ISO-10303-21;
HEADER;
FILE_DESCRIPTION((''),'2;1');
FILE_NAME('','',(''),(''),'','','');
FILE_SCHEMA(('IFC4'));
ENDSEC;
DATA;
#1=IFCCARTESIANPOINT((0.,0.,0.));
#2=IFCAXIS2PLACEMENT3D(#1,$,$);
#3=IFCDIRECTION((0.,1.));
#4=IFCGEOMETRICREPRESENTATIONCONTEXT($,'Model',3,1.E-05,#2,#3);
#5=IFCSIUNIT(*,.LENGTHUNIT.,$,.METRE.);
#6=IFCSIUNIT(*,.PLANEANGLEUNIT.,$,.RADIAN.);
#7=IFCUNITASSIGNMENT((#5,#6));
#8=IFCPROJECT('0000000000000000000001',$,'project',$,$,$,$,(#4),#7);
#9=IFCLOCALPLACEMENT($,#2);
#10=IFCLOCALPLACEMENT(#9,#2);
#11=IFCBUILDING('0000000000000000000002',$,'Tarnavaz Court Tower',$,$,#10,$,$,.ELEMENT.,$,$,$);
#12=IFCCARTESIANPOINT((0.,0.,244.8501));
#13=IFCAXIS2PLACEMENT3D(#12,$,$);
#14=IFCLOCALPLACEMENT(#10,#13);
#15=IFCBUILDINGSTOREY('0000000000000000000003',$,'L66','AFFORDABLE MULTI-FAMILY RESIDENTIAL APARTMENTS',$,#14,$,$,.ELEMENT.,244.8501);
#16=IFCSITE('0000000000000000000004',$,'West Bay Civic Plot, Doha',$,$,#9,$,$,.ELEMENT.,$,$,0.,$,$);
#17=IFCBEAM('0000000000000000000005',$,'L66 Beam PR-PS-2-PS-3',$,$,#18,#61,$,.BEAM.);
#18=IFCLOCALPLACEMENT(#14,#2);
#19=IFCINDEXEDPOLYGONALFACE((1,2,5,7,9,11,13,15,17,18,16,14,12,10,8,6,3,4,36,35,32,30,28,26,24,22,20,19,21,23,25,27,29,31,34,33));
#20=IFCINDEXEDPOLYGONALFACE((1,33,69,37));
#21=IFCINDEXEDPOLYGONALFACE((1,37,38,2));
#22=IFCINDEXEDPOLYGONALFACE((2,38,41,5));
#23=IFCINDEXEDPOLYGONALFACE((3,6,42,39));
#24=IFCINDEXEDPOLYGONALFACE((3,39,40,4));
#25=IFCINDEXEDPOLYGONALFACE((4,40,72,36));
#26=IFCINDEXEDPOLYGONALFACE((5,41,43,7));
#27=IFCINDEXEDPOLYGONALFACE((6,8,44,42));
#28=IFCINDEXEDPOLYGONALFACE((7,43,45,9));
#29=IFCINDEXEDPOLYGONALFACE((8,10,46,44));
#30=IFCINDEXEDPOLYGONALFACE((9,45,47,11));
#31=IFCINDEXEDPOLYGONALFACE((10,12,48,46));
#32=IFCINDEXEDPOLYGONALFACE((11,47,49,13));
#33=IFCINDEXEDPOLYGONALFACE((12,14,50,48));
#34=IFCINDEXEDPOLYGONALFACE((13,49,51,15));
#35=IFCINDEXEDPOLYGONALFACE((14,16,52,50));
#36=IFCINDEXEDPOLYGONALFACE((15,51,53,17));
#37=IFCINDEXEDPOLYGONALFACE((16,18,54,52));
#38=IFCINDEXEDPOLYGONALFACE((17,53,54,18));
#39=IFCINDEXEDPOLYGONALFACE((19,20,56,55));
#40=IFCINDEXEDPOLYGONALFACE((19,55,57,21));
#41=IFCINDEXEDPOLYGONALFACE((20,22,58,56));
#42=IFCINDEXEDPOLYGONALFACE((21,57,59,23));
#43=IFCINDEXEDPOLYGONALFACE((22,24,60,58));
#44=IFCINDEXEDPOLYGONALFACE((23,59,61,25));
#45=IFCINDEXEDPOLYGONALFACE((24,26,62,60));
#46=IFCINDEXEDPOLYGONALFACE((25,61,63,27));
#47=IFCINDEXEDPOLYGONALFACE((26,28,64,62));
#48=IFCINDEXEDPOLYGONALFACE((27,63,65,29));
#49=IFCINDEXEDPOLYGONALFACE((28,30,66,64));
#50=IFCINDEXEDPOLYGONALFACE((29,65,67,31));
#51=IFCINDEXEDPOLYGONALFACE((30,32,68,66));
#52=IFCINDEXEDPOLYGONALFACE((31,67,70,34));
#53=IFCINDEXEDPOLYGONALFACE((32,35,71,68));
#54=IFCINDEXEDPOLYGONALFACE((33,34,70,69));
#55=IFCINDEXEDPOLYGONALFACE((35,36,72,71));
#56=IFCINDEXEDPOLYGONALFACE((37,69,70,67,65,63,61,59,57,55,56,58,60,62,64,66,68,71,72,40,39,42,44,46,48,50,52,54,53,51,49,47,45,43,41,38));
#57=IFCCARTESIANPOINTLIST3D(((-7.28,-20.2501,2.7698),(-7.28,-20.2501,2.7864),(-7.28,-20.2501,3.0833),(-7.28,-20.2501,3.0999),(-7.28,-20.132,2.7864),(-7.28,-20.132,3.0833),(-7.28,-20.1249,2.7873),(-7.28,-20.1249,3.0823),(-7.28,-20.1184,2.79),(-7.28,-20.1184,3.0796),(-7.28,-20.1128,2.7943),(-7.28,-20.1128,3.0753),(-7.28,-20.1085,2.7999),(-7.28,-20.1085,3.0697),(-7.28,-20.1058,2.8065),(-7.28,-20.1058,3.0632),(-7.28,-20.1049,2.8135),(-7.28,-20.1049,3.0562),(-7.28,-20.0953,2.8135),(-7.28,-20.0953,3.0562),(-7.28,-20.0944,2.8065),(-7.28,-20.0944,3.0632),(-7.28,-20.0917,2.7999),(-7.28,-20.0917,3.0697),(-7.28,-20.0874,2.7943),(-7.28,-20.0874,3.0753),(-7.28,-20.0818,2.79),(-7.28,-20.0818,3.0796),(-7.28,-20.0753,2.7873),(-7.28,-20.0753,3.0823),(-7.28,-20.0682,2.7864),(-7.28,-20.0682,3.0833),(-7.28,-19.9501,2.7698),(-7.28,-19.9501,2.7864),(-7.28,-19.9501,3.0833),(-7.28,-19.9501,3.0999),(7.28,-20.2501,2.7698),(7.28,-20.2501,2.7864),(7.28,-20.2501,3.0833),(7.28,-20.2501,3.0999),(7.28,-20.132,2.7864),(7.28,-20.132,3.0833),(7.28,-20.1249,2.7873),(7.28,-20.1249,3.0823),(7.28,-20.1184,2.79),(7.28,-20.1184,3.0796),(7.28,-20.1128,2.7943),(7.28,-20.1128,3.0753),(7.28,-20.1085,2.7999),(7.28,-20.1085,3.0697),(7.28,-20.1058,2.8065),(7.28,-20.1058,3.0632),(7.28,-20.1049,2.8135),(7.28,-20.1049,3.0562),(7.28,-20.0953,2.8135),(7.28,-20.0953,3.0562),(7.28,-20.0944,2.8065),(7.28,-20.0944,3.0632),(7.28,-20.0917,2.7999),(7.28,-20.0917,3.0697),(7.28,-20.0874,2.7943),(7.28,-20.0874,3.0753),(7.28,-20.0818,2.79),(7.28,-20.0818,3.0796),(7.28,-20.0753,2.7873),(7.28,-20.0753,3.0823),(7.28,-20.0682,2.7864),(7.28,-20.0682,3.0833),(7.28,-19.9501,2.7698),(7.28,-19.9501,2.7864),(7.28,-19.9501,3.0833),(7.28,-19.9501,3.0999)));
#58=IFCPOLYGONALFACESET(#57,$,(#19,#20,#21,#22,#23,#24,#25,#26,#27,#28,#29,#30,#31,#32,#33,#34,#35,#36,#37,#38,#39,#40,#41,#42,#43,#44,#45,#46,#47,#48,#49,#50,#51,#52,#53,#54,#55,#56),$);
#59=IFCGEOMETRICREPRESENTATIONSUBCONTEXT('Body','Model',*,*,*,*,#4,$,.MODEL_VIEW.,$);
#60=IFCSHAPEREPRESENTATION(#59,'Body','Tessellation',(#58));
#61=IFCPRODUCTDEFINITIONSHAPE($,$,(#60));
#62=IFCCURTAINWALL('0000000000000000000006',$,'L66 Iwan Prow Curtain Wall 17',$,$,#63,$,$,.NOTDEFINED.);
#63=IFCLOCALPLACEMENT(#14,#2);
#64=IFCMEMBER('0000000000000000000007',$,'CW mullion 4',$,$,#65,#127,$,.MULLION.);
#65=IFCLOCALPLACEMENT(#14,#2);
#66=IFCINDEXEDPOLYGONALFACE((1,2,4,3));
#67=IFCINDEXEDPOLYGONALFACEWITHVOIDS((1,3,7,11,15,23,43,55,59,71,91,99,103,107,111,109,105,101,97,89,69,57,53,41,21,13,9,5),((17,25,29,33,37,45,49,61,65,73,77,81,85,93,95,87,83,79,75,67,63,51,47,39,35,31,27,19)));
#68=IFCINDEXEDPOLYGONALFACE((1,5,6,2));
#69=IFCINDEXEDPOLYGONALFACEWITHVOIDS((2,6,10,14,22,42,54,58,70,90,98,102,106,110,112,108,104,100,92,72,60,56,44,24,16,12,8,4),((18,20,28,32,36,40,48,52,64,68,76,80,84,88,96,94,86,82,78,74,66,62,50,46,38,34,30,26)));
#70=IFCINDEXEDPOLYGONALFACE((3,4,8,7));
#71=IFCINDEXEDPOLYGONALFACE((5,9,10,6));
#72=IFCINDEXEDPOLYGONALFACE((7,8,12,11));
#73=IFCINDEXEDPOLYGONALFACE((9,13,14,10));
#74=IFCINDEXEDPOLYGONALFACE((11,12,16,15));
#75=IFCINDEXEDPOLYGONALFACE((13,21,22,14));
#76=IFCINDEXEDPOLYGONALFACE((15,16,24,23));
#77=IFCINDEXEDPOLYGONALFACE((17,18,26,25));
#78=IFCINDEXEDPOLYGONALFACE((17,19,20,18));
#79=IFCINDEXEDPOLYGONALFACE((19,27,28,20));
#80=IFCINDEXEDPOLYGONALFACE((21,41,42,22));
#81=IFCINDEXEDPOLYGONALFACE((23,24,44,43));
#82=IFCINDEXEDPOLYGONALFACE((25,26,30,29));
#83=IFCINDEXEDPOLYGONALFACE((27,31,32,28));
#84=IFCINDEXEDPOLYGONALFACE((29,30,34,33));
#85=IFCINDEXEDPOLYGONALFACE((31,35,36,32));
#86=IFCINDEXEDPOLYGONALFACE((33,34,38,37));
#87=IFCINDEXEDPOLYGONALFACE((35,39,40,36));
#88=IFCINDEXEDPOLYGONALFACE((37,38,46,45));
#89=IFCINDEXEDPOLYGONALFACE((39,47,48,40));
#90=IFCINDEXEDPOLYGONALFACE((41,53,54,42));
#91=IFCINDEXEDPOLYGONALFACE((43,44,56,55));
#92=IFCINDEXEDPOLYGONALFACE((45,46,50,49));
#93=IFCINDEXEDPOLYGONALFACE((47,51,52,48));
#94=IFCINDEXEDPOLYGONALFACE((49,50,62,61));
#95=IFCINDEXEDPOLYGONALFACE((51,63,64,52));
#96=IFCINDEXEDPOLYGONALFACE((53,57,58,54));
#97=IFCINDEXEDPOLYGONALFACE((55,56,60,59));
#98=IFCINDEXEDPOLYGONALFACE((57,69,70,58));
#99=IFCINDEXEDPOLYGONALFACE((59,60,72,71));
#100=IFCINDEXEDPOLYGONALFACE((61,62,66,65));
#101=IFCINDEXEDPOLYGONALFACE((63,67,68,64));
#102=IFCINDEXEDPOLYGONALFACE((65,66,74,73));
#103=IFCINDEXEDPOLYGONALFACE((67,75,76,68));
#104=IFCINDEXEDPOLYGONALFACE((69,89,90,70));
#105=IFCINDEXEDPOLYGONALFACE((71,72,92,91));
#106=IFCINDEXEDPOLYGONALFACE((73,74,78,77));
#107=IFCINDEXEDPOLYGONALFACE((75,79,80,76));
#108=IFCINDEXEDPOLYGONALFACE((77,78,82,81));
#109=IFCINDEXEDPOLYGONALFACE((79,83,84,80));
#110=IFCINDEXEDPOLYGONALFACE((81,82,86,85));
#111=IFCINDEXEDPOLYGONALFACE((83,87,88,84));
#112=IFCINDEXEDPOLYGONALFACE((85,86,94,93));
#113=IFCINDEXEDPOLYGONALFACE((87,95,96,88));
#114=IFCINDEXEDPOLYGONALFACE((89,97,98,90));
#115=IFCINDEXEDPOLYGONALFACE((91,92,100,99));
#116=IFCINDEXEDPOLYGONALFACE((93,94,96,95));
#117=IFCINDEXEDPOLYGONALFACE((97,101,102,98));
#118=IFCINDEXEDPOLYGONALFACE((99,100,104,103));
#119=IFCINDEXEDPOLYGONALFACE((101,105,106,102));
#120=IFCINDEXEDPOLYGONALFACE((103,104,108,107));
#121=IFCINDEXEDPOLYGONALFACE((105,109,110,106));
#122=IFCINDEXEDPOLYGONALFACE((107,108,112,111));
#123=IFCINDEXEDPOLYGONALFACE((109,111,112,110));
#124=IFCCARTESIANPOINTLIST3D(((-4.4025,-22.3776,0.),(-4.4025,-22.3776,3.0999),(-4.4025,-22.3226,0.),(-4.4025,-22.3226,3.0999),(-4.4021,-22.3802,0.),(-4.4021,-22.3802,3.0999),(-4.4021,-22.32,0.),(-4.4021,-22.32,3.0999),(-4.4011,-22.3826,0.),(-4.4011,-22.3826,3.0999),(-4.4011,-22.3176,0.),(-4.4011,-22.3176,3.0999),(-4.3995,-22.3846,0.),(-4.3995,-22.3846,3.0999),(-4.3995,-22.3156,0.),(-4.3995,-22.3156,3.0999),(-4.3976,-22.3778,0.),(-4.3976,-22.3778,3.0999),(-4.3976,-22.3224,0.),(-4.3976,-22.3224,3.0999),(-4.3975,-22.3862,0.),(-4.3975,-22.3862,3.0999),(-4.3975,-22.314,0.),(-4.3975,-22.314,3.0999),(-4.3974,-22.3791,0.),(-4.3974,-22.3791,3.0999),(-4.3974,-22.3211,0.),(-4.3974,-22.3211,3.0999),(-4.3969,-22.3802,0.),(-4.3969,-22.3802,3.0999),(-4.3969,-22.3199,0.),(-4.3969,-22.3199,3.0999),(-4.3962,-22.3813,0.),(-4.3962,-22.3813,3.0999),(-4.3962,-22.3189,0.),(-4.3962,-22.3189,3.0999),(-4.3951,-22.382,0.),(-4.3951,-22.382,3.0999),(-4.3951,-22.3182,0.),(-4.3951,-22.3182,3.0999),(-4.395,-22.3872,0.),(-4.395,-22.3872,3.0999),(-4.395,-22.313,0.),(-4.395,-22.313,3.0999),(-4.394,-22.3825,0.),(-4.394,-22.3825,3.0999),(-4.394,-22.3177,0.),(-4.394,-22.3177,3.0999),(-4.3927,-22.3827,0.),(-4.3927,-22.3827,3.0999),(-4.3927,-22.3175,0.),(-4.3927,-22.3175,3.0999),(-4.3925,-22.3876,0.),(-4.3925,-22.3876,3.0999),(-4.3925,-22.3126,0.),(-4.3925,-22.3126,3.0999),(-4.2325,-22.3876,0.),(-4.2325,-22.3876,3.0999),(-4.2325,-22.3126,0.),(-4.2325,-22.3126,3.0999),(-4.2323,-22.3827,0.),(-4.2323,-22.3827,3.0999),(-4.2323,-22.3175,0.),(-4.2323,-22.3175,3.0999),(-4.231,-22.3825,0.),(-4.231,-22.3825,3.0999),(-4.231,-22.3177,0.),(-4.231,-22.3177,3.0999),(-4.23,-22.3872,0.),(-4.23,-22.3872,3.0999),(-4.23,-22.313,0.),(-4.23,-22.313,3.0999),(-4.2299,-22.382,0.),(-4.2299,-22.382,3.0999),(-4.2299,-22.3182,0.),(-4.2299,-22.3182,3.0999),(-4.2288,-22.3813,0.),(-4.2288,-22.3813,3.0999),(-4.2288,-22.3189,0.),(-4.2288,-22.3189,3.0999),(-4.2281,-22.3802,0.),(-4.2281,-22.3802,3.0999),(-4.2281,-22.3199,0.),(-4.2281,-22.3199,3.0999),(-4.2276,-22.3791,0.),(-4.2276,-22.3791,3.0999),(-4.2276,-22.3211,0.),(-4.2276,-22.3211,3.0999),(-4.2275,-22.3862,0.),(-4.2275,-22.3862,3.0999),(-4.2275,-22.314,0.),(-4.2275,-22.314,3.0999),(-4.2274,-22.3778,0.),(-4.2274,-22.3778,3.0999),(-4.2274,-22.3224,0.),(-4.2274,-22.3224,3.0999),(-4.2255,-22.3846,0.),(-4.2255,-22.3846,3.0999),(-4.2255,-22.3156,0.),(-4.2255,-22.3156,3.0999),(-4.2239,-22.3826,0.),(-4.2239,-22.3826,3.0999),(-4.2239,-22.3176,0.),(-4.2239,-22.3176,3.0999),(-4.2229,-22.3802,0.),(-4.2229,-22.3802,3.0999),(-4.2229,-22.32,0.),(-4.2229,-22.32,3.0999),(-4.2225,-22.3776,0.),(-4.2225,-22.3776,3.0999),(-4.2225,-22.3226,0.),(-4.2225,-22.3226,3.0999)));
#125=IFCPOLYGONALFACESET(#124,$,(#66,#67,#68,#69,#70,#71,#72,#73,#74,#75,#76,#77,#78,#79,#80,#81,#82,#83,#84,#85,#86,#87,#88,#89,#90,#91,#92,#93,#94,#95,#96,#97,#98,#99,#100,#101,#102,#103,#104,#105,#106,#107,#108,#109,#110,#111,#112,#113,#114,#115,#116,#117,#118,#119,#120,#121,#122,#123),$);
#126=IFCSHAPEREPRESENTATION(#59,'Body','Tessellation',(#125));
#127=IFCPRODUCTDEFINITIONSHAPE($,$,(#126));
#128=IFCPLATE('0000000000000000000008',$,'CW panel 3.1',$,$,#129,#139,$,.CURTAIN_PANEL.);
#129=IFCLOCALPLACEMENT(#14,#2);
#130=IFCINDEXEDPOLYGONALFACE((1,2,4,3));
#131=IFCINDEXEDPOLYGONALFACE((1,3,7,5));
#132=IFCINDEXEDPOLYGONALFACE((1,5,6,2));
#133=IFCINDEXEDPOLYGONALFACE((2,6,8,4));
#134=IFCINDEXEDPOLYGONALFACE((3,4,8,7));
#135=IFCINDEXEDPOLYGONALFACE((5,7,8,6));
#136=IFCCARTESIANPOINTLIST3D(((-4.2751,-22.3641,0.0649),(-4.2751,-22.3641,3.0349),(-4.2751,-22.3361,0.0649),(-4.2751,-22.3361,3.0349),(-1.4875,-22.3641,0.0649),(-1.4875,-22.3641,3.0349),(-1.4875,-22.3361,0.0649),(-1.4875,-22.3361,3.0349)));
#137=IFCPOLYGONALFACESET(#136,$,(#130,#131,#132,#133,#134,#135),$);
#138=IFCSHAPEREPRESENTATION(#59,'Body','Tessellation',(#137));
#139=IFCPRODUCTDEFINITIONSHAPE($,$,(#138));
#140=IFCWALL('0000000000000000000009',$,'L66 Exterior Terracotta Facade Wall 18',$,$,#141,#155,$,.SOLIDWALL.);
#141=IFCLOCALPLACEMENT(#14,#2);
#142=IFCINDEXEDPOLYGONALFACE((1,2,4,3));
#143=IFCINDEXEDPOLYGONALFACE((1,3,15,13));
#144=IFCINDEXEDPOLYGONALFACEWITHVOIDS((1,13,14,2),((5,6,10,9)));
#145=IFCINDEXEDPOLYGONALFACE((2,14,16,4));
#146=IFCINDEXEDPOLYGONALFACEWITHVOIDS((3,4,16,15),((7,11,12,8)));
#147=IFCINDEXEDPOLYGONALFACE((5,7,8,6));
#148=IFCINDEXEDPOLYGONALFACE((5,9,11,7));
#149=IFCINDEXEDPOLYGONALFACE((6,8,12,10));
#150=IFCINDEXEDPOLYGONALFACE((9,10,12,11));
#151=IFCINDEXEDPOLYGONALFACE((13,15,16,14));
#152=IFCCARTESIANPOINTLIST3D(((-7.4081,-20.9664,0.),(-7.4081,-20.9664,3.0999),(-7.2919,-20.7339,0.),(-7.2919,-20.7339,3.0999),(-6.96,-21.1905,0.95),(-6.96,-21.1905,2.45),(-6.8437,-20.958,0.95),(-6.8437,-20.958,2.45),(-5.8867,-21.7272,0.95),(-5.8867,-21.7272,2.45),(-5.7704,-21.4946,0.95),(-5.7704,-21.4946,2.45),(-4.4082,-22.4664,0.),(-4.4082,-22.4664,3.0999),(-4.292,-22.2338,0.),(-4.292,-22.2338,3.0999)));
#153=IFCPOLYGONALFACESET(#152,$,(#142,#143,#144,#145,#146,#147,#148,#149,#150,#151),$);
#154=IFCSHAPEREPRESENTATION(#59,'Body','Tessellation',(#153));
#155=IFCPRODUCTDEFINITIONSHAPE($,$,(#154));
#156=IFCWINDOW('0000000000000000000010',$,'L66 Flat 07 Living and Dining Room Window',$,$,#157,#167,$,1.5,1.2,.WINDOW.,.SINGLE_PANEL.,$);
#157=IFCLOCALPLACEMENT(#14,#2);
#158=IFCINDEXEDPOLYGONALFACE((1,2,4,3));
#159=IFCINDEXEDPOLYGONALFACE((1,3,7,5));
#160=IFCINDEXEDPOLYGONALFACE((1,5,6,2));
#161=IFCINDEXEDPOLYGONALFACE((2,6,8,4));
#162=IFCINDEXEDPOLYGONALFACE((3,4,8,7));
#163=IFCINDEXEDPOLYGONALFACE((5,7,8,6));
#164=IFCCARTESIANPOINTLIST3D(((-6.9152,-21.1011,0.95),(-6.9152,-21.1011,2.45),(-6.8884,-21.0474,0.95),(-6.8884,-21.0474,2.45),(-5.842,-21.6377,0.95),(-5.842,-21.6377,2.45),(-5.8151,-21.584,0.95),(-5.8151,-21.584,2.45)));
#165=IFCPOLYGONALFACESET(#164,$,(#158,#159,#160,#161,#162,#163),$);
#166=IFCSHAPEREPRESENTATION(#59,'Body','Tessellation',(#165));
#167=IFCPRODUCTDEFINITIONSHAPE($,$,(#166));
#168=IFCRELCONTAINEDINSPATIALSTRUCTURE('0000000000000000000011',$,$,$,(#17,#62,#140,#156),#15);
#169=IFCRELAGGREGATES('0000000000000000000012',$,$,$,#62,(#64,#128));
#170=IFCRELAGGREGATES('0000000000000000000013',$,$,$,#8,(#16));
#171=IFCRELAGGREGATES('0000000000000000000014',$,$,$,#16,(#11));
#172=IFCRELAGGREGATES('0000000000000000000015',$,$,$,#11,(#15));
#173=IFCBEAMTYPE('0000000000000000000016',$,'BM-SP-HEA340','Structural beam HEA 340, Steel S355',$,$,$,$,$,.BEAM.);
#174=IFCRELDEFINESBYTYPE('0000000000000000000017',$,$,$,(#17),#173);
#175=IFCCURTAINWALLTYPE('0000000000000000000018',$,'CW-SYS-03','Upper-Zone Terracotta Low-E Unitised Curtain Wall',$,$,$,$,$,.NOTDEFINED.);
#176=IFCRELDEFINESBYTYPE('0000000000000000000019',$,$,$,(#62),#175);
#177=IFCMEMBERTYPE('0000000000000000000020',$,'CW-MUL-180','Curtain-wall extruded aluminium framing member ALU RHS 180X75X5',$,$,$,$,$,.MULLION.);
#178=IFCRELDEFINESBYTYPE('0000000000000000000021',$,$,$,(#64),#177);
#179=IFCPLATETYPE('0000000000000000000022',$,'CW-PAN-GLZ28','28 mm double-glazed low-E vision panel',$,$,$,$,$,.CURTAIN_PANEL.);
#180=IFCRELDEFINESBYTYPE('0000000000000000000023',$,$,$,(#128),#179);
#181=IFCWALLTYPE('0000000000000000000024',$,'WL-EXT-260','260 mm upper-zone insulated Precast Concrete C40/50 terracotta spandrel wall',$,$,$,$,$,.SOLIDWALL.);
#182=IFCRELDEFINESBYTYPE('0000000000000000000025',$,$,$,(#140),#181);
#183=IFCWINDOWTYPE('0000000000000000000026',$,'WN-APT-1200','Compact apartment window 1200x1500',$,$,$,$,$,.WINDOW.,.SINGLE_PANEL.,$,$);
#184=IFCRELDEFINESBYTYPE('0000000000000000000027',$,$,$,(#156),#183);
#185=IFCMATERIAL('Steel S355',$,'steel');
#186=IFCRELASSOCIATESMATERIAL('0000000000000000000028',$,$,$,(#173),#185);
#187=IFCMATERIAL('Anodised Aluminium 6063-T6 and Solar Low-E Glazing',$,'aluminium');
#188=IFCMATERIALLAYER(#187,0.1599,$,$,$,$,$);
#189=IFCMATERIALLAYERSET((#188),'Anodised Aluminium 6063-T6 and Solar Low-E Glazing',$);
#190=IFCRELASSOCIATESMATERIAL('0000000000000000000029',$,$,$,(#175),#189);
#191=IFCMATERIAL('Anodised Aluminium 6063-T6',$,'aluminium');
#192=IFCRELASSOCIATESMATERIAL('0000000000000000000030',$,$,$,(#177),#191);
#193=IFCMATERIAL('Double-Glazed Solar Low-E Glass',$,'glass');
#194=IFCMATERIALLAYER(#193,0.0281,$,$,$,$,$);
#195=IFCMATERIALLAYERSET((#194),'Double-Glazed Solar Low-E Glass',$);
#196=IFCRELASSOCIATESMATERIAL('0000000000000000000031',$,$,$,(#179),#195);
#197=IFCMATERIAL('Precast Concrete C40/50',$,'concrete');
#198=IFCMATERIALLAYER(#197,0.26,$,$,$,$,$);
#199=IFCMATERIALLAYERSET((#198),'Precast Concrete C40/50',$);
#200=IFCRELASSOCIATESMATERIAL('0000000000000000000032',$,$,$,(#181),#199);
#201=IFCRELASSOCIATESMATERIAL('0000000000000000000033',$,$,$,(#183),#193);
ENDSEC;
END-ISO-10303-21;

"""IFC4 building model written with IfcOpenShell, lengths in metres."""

from ifc_helpers import new_model, si_unit, direction, frame, frame_2d, origin, origin_2d, place, context, subcontext, project, spatial, rectangle, hollow_rectangle, i_section, extrude, material, layer, layer_set, material_profile, profile_set, type_object, element, fill, aggregate, save


model = new_model("IFC4")

# Units and contexts
model_context = context("Model", 3, precision=1e-05, world=origin(), true_north=direction((0.0, 1.0)))
body_context = subcontext(model_context, "Body", "Model", "MODEL_VIEW")
ifc_project = project(units=[si_unit("LENGTHUNIT", "METRE"), si_unit("PLANEANGLEUNIT", "RADIAN")], contexts=[model_context])

# Site, building, storey
site_placement = place(None, origin())
site = spatial("IfcSite", under=ifc_project, at=site_placement, Name="West Bay Civic Plot, Doha", CompositionType="ELEMENT", RefElevation=0.0)
building_placement = place(site_placement, origin())
building = spatial("IfcBuilding", under=site, at=building_placement, Name="Tarnavaz Court Tower", CompositionType="ELEMENT")
storey_placement = place(building_placement, frame((0.0, 0.0, 244.8501)))
storey = spatial("IfcBuildingStorey", under=building, at=storey_placement, Name="L66", Description="AFFORDABLE MULTI-FAMILY RESIDENTIAL APARTMENTS", CompositionType="ELEMENT", Elevation=244.8501)

# Beam
ifc_material_1 = material(Name="Steel S355", Category="steel")
ifc_material_profile_1 = material_profile(ifc_material_1, i_section(OverallWidth=0.3, OverallDepth=0.3301, WebThickness=0.0095, FlangeThickness=0.0166, FilletRadius=0.0271, at=origin_2d()), Name="HEA 340")
ifc_profile_set_1 = profile_set([ifc_material_profile_1], Name="Steel S355")
beam_type_1 = type_object("IfcBeamType", Name="BM-SP-HEA340", Description="Structural beam HEA 340, Steel S355", PredefinedType="BEAM", material=ifc_profile_set_1)
beam_placement = place(storey_placement, frame((-7.28, -20.1001, 2.9348), z_axis=(1.0, 0.0, 0.0), x_axis=(0.0, 1.0, 0.0)))
element("IfcBeam", 1, at=beam_placement, inside=storey, type_object=beam_type_1, Name="L66 Beam PR-PS-2-PS-3", PredefinedType="BEAM", context=body_context, shape_type="SweptSolid", body=[
    extrude(i_section(OverallWidth=0.3, OverallDepth=0.3301, WebThickness=0.0095, FlangeThickness=0.0166, FilletRadius=0.0271, at=origin_2d()), origin(), (0.0, 0.0, 1.0), 14.5601),
])

# Curtain wall, member, plate
ifc_material_2 = material(Name="Anodised Aluminium 6063-T6 and Solar Low-E Glazing", Category="aluminium")
ifc_layer_1 = layer(ifc_material_2, 0.1599)
ifc_layer_set_1 = layer_set([ifc_layer_1], Name="Anodised Aluminium 6063-T6 and Solar Low-E Glazing")
curtain_wall_type = type_object("IfcCurtainWallType", Name="CW-SYS-03", Description="Upper-Zone Terracotta Low-E Unitised Curtain Wall", PredefinedType="NOTDEFINED", material=ifc_layer_set_1)
curtain_wall_placement = place(storey_placement, origin())
curtain_wall = element("IfcCurtainWall", 2, at=curtain_wall_placement, inside=storey, type_object=curtain_wall_type, Name="L66 Iwan Prow Curtain Wall 17", PredefinedType="NOTDEFINED")
ifc_material_3 = material(Name="Anodised Aluminium 6063-T6", Category="aluminium")
ifc_material_profile_2 = material_profile(ifc_material_3, hollow_rectangle(XDim=0.075, YDim=0.1799, WallThickness=0.0049, InnerFilletRadius=0.0049, OuterFilletRadius=0.01, at=origin_2d()), Name="ALU RHS 180X75X5")
ifc_profile_set_2 = profile_set([ifc_material_profile_2], Name="Anodised Aluminium 6063-T6")
member_type = type_object("IfcMemberType", Name="CW-MUL-180", Description="Curtain-wall extruded aluminium framing member ALU RHS 180X75X5", PredefinedType="MULLION", material=ifc_profile_set_2)
member_placement = place(storey_placement, frame((-4.3125, -22.3501, 0.0), z_axis=(0.0, 0.0, 1.0), x_axis=(0.0, -1.0, 0.0)))
member = element("IfcMember", 3, at=member_placement, type_object=member_type, Name="CW mullion 4", PredefinedType="MULLION", context=body_context, shape_type="SweptSolid", body=[
    extrude(hollow_rectangle(XDim=0.075, YDim=0.1799, WallThickness=0.0049, InnerFilletRadius=0.0049, OuterFilletRadius=0.01, at=origin_2d()), origin(), (0.0, 0.0, 1.0), 3.0999),
])
ifc_material_4 = material(Name="Double-Glazed Solar Low-E Glass", Category="glass")
ifc_layer_2 = layer(ifc_material_4, 0.0281)
ifc_layer_set_2 = layer_set([ifc_layer_2], Name="Double-Glazed Solar Low-E Glass")
plate_type = type_object("IfcPlateType", Name="CW-PAN-GLZ28", Description="28 mm double-glazed low-E vision panel", PredefinedType="CURTAIN_PANEL", material=ifc_layer_set_2)
plate_placement = place(storey_placement, frame((-2.8813, -22.3501, 0.0649), z_axis=(0.0, 0.0, 1.0), x_axis=(-1.0, 0.0, 0.0)))
plate = element("IfcPlate", 4, at=plate_placement, type_object=plate_type, Name="CW panel 3.1", PredefinedType="CURTAIN_PANEL", context=body_context, shape_type="SweptSolid", body=[
    extrude(rectangle(XDim=2.7876, YDim=0.0281, at=origin_2d()), origin(), (0.0, 0.0, 1.0), 2.97),
])
aggregate(curtain_wall, [member, plate])

# Wall, opening, window
ifc_material_5 = material(Name="Precast Concrete C40/50", Category="concrete")
ifc_layer_3 = layer(ifc_material_5, 0.26)
ifc_layer_set_3 = layer_set([ifc_layer_3], Name="Precast Concrete C40/50")
wall_type_1 = type_object("IfcWallType", Name="WL-EXT-260", Description="260 mm upper-zone insulated Precast Concrete C40/50 terracotta spandrel wall", PredefinedType="SOLIDWALL", material=ifc_layer_set_3)
wall_1_placement = place(storey_placement, frame((-4.3501, -22.3501, 0.0), z_axis=(0.0, 0.0, 1.0), x_axis=(-0.894427, 0.447214, 0.0)))
wall_1 = element("IfcWall", 5, at=wall_1_placement, inside=storey, type_object=wall_type_1, Name="L66 Exterior Terracotta Facade Wall 18", PredefinedType="SOLIDWALL", context=body_context, shape_type="SweptSolid", body=[
    extrude(rectangle(XDim=3.354, YDim=0.26, at=frame_2d((1.677, 0.0))), origin(), (0.0, 0.0, 1.0), 3.0999),
])
opening_1_placement = place(wall_1_placement, frame((1.6528, 0.0, 0.95)))
opening_1 = element("IfcOpeningElement", 6, at=opening_1_placement, cuts=wall_1, PredefinedType="OPENING", context=body_context, shape_type="SweptSolid", body=[
    extrude(rectangle(XDim=1.2, YDim=1.5, at=frame_2d((0.6001, 0.75))), frame((0.0, 0.1399, 0.0), z_axis=(0.0, -1.0, 0.0), x_axis=(1.0, 0.0, 0.0)), (0.0, 0.0, 1.0), 0.28),
])
window_type = type_object("IfcWindowType", Name="WN-APT-1200", Description="Compact apartment window 1200x1500", PartitioningType="SINGLE_PANEL", PredefinedType="WINDOW", material=ifc_material_4)
window_placement = place(opening_1_placement, origin())
window = element("IfcWindow", 7, at=window_placement, inside=storey, type_object=window_type, Name="L66 Flat 07 Living and Dining Room Window", OverallHeight=1.5, OverallWidth=1.2, PartitioningType="SINGLE_PANEL", PredefinedType="WINDOW", context=body_context, shape_type="SweptSolid", body=[
    extrude(rectangle(XDim=1.2, YDim=1.5, at=frame_2d((0.6001, 0.75))), frame((0.0, 0.03, 0.0), z_axis=(0.0, -1.0, 0.0), x_axis=(1.0, 0.0, 0.0)), (0.0, 0.0, 1.0), 0.0601),
])
fill(opening_1, window)

save(model, "model.ifc")
